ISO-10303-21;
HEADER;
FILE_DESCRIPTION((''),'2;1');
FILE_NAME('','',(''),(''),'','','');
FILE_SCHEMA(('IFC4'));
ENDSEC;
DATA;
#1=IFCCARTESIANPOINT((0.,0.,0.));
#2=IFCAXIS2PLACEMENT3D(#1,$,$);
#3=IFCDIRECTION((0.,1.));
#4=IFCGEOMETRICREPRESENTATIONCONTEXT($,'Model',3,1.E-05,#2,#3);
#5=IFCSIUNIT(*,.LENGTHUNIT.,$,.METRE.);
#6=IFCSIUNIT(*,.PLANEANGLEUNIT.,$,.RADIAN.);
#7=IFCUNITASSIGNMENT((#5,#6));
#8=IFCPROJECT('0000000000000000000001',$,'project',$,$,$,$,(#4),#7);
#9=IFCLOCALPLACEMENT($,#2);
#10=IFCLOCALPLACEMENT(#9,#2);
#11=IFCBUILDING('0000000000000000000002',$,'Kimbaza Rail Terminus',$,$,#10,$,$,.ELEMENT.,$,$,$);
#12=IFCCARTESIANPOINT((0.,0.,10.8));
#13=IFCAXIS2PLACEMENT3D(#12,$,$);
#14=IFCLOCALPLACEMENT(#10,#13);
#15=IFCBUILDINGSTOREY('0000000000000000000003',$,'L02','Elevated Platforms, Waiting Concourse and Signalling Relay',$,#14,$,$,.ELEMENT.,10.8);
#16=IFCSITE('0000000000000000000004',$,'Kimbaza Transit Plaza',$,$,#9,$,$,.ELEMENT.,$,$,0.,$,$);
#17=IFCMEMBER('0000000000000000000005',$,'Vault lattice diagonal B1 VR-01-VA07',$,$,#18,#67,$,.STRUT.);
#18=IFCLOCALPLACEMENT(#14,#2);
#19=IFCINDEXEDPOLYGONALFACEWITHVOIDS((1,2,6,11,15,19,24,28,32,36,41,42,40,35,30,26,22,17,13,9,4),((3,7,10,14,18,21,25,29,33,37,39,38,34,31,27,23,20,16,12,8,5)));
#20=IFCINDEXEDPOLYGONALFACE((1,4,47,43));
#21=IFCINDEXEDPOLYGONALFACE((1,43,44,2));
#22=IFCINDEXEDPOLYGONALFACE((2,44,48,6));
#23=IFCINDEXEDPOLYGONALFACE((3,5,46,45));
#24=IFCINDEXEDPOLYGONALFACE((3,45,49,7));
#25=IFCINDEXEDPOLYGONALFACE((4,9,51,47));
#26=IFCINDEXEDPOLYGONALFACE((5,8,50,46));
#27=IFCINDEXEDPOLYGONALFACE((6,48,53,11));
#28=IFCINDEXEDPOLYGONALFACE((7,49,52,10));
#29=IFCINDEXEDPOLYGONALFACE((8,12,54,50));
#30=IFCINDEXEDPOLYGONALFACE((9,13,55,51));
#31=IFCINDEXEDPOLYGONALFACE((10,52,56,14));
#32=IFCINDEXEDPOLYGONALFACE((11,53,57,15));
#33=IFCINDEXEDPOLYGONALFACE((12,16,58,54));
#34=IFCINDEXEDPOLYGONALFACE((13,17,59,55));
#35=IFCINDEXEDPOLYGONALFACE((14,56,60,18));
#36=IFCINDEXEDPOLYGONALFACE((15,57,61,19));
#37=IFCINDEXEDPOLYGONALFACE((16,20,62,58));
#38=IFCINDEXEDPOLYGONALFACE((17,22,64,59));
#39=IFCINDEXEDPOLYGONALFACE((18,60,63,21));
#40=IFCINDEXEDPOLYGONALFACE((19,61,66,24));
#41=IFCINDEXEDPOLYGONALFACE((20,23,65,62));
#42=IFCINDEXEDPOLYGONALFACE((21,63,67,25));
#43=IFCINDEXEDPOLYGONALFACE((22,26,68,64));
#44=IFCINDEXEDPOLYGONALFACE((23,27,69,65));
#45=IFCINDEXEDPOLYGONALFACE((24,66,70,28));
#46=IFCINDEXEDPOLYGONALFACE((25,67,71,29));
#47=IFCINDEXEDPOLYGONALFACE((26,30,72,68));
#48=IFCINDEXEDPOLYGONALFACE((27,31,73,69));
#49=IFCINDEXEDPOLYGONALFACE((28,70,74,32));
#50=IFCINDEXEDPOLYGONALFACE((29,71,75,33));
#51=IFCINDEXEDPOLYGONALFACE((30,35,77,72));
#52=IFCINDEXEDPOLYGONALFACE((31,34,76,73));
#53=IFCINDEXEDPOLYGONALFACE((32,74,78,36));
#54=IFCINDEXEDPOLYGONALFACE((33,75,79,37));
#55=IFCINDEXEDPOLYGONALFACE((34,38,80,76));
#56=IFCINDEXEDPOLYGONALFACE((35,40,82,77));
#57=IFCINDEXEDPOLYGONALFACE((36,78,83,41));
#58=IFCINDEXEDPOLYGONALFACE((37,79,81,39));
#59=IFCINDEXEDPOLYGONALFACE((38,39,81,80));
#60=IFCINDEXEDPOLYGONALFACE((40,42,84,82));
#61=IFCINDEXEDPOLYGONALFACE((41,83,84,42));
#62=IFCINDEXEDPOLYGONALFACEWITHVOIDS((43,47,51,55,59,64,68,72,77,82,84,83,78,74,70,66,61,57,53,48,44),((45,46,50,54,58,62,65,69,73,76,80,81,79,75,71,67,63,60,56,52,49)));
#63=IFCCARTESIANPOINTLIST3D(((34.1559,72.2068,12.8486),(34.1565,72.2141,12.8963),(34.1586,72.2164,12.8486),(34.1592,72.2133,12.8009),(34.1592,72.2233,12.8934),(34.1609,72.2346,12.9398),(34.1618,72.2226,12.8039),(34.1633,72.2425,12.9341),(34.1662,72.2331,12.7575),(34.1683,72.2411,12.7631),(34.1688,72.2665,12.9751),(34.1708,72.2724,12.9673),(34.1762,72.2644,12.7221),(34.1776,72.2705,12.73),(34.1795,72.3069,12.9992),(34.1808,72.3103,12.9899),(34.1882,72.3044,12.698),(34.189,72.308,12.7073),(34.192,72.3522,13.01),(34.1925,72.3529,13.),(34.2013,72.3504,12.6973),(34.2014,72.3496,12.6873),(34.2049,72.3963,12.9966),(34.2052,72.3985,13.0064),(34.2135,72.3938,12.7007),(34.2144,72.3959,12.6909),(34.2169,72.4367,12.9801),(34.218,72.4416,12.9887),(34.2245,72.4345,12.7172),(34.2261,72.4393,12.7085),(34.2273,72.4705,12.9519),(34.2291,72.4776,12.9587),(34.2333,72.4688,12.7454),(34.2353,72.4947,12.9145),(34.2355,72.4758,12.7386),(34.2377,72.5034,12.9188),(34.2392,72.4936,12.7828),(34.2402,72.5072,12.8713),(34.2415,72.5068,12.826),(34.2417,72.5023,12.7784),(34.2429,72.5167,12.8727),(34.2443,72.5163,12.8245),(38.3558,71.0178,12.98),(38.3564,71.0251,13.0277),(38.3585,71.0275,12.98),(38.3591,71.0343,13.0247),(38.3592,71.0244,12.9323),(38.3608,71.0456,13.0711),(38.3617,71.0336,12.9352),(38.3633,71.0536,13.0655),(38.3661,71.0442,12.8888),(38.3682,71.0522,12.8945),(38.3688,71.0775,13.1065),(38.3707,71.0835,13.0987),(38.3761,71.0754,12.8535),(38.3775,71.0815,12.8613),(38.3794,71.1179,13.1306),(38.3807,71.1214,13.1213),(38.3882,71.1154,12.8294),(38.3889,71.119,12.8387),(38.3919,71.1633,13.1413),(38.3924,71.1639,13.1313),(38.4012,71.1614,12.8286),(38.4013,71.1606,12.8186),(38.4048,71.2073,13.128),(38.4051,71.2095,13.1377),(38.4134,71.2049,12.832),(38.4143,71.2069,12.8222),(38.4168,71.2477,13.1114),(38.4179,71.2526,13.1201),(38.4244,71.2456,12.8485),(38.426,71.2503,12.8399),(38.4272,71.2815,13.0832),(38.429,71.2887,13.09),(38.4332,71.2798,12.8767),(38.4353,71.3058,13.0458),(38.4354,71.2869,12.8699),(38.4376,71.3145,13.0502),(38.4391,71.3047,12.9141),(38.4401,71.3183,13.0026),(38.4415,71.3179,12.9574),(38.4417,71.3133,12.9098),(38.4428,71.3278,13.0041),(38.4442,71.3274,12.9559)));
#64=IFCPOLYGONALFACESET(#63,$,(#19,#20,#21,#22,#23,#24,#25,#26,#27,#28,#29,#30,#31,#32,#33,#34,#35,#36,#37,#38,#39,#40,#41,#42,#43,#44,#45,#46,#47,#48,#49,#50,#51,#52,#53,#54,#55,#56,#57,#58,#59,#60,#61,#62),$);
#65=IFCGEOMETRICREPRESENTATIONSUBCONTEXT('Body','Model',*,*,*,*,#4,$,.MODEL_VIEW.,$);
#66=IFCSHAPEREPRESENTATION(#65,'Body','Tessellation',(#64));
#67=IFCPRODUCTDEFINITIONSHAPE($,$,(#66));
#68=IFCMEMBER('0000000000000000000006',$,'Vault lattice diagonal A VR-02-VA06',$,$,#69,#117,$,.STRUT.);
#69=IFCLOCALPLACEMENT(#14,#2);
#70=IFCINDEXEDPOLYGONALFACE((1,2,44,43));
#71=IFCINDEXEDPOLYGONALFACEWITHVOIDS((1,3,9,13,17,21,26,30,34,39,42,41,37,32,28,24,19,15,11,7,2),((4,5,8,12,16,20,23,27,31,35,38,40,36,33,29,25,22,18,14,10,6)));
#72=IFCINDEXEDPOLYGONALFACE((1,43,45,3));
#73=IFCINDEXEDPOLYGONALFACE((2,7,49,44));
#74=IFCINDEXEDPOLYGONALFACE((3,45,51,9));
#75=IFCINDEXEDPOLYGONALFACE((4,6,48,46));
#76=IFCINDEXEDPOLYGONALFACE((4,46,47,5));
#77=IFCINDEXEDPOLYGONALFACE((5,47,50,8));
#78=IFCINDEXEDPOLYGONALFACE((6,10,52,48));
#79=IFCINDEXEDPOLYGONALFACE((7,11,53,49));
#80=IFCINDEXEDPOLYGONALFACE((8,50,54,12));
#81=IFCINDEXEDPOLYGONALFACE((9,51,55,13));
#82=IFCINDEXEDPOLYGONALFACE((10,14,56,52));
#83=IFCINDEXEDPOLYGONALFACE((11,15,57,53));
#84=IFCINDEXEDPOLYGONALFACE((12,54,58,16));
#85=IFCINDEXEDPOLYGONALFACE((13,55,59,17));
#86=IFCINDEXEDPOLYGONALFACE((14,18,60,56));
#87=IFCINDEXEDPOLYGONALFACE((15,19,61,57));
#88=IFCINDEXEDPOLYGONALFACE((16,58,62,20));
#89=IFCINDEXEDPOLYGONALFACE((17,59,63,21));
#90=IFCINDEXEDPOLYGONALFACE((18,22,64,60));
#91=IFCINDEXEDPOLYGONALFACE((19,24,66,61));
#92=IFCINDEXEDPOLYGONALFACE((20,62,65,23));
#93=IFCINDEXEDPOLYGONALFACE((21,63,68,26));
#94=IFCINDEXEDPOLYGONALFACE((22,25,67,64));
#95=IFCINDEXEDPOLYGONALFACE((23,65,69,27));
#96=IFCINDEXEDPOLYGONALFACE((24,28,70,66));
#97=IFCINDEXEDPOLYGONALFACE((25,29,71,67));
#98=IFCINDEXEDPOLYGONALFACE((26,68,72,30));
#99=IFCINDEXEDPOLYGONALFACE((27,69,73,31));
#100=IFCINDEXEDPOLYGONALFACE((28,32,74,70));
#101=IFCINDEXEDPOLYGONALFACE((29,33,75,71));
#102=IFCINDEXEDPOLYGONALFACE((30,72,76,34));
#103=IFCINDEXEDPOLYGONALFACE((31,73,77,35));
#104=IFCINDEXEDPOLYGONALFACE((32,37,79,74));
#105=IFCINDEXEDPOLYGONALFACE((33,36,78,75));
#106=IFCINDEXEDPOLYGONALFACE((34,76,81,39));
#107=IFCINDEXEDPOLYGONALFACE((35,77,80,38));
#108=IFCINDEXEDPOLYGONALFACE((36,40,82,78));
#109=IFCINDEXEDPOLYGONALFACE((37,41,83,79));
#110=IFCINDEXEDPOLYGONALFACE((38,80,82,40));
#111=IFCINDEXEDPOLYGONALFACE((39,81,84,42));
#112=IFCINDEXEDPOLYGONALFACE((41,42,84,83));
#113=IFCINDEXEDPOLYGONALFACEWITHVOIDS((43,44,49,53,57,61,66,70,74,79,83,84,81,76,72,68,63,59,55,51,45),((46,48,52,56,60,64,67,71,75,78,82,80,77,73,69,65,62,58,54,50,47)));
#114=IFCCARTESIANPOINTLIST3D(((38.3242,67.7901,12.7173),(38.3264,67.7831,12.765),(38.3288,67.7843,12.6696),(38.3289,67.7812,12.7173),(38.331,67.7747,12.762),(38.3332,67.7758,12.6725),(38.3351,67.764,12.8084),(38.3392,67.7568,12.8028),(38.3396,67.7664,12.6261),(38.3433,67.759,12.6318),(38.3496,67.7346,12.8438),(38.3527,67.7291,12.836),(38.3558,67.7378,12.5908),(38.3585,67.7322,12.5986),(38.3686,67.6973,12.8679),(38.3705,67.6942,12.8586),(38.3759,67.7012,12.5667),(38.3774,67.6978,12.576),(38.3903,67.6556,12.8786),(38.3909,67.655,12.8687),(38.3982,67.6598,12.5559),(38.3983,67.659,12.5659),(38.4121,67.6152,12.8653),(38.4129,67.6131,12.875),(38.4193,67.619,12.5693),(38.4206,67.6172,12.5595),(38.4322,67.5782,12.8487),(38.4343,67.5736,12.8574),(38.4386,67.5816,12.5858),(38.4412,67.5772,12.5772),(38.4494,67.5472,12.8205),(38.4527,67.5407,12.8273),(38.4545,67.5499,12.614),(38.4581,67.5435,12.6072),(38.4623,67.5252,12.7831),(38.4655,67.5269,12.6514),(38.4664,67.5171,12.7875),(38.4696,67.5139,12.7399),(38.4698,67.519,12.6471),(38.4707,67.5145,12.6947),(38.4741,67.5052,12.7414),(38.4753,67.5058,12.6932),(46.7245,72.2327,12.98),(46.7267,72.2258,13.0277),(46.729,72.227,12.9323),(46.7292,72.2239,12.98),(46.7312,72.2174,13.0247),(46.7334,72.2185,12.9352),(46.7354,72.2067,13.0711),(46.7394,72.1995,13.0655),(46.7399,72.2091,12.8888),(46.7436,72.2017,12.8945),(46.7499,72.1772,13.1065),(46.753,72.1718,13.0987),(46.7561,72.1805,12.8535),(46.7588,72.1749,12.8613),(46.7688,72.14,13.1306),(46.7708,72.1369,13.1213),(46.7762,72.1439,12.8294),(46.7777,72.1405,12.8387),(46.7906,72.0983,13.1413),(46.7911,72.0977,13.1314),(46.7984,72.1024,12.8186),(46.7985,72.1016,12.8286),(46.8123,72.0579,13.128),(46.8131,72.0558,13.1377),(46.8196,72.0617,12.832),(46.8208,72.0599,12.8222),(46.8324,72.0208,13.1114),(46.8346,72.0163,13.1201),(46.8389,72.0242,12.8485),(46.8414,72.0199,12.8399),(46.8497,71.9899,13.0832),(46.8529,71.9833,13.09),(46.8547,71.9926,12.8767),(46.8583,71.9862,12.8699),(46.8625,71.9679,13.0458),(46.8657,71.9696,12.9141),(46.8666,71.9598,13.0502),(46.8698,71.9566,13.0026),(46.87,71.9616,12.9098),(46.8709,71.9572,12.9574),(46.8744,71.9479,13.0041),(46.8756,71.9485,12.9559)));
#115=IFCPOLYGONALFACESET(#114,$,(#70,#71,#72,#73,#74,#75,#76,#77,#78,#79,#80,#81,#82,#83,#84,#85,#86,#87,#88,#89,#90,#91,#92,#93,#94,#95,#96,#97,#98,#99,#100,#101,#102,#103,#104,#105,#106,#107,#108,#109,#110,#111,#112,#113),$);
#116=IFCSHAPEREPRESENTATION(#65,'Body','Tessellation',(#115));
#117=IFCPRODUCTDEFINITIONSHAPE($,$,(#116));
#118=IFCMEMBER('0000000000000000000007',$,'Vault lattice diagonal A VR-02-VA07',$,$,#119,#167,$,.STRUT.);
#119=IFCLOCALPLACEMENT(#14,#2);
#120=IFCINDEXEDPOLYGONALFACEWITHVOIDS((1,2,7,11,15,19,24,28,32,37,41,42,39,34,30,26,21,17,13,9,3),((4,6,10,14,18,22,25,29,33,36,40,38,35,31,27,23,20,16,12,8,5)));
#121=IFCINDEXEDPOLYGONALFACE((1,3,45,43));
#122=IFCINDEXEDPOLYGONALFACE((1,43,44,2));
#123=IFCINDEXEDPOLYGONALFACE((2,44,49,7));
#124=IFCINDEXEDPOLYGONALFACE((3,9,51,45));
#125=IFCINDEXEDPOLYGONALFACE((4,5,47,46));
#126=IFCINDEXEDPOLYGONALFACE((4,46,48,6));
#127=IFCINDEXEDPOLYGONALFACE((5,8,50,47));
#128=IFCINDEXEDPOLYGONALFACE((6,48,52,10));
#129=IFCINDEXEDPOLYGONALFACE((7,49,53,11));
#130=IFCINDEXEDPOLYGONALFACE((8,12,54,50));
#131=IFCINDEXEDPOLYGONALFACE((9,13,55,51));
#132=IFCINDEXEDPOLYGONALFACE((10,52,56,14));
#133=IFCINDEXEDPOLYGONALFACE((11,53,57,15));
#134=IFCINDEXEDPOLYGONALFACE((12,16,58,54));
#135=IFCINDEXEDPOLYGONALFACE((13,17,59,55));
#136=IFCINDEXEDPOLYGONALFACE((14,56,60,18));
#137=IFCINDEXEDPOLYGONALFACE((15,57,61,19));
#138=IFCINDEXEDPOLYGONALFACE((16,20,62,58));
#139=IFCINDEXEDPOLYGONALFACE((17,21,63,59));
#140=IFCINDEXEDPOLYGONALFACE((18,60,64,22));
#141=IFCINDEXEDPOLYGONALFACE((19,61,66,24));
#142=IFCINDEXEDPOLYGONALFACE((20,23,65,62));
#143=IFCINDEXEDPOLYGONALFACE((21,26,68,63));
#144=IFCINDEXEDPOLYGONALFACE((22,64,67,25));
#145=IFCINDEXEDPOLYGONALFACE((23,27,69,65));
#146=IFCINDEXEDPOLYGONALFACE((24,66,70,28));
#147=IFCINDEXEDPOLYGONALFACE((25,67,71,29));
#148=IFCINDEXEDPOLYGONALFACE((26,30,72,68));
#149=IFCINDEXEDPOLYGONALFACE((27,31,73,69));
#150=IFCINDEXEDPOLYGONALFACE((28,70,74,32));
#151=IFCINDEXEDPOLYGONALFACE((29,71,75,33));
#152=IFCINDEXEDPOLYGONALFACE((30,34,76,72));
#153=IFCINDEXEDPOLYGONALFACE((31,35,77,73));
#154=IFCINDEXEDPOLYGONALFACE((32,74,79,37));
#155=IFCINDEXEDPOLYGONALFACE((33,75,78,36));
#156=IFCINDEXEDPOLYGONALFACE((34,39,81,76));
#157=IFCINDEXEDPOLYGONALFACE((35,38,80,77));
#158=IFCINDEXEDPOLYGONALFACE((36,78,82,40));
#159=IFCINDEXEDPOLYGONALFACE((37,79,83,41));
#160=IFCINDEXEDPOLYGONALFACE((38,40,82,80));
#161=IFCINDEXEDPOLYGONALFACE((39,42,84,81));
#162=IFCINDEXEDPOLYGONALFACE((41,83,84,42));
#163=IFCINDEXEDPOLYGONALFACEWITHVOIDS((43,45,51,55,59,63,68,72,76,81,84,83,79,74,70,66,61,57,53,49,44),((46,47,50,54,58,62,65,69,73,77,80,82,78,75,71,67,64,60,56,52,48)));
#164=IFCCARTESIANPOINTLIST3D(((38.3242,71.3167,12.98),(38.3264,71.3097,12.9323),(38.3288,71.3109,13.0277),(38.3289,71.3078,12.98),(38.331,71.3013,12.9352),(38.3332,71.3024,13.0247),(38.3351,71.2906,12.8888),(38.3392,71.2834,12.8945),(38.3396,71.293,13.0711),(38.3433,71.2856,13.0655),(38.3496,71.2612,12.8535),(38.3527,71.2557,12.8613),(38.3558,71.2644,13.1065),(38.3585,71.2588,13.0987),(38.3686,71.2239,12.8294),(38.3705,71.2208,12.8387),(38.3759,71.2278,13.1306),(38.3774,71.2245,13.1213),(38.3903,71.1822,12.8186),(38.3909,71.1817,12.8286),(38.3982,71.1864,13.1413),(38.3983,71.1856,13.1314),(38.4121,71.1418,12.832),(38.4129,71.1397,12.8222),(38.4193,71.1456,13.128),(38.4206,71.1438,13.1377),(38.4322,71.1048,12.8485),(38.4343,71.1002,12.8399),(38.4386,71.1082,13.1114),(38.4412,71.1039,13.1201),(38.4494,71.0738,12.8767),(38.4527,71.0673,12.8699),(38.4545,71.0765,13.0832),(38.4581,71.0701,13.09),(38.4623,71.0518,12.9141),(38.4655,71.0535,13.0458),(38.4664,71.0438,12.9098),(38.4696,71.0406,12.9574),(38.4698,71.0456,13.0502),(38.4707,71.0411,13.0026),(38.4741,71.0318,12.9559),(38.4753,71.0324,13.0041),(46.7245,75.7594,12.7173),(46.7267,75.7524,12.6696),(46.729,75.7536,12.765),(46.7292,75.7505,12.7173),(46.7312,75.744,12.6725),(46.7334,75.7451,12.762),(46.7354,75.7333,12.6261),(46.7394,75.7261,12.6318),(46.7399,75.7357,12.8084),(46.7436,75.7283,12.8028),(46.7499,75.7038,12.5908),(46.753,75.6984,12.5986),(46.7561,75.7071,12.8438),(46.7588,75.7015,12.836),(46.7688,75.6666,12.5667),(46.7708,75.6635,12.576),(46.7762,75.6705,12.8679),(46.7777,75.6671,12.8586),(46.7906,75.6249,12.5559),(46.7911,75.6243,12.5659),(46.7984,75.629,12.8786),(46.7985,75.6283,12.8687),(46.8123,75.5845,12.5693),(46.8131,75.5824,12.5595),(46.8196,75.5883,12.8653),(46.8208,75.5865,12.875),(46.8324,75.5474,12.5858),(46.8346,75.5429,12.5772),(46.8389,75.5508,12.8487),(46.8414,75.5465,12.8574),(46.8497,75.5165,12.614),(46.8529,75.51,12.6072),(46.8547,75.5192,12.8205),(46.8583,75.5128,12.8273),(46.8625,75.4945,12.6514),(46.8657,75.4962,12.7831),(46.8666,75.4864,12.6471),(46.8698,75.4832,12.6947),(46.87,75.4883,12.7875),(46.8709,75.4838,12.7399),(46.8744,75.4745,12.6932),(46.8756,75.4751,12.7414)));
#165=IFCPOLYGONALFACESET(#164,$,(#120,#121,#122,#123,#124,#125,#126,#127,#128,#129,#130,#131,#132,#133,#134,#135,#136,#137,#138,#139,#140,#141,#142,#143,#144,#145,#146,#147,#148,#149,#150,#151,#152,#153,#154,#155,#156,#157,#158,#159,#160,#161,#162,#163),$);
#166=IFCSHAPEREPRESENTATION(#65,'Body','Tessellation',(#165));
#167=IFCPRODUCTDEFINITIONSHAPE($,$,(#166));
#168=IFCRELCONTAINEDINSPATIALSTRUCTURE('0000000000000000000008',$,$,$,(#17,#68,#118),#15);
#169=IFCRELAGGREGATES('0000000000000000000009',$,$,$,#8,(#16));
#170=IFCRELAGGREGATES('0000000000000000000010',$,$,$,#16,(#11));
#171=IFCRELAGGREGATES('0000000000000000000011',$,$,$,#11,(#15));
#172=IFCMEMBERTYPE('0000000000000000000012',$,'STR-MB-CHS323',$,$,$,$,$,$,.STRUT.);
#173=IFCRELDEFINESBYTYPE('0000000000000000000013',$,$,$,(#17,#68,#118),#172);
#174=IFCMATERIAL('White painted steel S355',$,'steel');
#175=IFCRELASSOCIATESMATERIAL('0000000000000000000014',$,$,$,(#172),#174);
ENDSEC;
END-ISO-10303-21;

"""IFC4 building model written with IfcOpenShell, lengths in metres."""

from ifc_helpers import new_model, si_unit, direction, frame, origin, origin_2d, place, context, subcontext, project, spatial, hollow_circle, extrude, material, material_profile, profile_set, type_object, element, save


model = new_model("IFC4")

# Units and contexts
model_context = context("Model", 3, precision=1e-05, world=origin(), true_north=direction((0.0, 1.0)))
body_context = subcontext(model_context, "Body", "Model", "MODEL_VIEW")
ifc_project = project(units=[si_unit("LENGTHUNIT", "METRE"), si_unit("PLANEANGLEUNIT", "RADIAN")], contexts=[model_context])

# Site, building, storey
site_placement = place(None, origin())
site = spatial("IfcSite", under=ifc_project, at=site_placement, Name="Kimbaza Transit Plaza", CompositionType="ELEMENT", RefElevation=0.0)
building_placement = place(site_placement, origin())
building = spatial("IfcBuilding", under=site, at=building_placement, Name="Kimbaza Rail Terminus", CompositionType="ELEMENT")
storey_placement = place(building_placement, frame((0.0, 0.0, 10.8)))
storey = spatial("IfcBuildingStorey", under=building, at=storey_placement, Name="L02", Description="Elevated Platforms, Waiting Concourse and Signalling Relay", CompositionType="ELEMENT", Elevation=10.8)

# Members
ifc_material_1 = material(Name="White painted steel S355", Category="steel")
ifc_material_profile_1 = material_profile(ifc_material_1, hollow_circle(Radius=0.1619, WallThickness=0.01, at=origin_2d()), Name="CHS 323.9x10")
ifc_profile_set_1 = profile_set([ifc_material_profile_1], Name="White painted steel S355")
member_type_1 = type_object("IfcMemberType", Name="STR-MB-CHS323", PredefinedType="STRUT", material=ifc_profile_set_1)
member_1_placement = place(storey_placement, frame((38.3999, 71.1736, 12.98), z_axis=(-0.961753, 0.272263, -0.030077), x_axis=(-0.272386, -0.962188, 0.0)))
element("IfcMember", 1, at=member_1_placement, inside=storey, type_object=member_type_1, Name="Vault lattice diagonal B1 VR-01-VA07", PredefinedType="STRUT", context=body_context, shape_type="SweptSolid", body=[
    extrude(hollow_circle(Radius=0.1619, WallThickness=0.01, at=origin_2d()), origin(), (0.0, 0.0, 1.0), 4.3669),
])
for number, where, z_axis, x_axis, name in (
    (2, (38.3999, 67.647, 12.7173), (0.883646, 0.467338, 0.027634), (-0.467517, 0.883984, 0.0), "Vault lattice diagonal A VR-02-VA06"),
    (3, (38.3999, 71.1736, 12.98), (0.883646, 0.467338, -0.027634), (-0.467517, 0.883984, 0.0), "Vault lattice diagonal A VR-02-VA07"),
):
    element("IfcMember", number, at=place(storey_placement, frame(where, z_axis=z_axis, x_axis=x_axis)), inside=storey, type_object=member_type_1, Name=name, PredefinedType="STRUT", context=body_context, shape_type="SweptSolid", body=[
        extrude(hollow_circle(Radius=0.1619, WallThickness=0.01, at=origin_2d()), origin(), (0.0, 0.0, 1.0), 9.5063),
    ])

save(model, "model.ifc")
